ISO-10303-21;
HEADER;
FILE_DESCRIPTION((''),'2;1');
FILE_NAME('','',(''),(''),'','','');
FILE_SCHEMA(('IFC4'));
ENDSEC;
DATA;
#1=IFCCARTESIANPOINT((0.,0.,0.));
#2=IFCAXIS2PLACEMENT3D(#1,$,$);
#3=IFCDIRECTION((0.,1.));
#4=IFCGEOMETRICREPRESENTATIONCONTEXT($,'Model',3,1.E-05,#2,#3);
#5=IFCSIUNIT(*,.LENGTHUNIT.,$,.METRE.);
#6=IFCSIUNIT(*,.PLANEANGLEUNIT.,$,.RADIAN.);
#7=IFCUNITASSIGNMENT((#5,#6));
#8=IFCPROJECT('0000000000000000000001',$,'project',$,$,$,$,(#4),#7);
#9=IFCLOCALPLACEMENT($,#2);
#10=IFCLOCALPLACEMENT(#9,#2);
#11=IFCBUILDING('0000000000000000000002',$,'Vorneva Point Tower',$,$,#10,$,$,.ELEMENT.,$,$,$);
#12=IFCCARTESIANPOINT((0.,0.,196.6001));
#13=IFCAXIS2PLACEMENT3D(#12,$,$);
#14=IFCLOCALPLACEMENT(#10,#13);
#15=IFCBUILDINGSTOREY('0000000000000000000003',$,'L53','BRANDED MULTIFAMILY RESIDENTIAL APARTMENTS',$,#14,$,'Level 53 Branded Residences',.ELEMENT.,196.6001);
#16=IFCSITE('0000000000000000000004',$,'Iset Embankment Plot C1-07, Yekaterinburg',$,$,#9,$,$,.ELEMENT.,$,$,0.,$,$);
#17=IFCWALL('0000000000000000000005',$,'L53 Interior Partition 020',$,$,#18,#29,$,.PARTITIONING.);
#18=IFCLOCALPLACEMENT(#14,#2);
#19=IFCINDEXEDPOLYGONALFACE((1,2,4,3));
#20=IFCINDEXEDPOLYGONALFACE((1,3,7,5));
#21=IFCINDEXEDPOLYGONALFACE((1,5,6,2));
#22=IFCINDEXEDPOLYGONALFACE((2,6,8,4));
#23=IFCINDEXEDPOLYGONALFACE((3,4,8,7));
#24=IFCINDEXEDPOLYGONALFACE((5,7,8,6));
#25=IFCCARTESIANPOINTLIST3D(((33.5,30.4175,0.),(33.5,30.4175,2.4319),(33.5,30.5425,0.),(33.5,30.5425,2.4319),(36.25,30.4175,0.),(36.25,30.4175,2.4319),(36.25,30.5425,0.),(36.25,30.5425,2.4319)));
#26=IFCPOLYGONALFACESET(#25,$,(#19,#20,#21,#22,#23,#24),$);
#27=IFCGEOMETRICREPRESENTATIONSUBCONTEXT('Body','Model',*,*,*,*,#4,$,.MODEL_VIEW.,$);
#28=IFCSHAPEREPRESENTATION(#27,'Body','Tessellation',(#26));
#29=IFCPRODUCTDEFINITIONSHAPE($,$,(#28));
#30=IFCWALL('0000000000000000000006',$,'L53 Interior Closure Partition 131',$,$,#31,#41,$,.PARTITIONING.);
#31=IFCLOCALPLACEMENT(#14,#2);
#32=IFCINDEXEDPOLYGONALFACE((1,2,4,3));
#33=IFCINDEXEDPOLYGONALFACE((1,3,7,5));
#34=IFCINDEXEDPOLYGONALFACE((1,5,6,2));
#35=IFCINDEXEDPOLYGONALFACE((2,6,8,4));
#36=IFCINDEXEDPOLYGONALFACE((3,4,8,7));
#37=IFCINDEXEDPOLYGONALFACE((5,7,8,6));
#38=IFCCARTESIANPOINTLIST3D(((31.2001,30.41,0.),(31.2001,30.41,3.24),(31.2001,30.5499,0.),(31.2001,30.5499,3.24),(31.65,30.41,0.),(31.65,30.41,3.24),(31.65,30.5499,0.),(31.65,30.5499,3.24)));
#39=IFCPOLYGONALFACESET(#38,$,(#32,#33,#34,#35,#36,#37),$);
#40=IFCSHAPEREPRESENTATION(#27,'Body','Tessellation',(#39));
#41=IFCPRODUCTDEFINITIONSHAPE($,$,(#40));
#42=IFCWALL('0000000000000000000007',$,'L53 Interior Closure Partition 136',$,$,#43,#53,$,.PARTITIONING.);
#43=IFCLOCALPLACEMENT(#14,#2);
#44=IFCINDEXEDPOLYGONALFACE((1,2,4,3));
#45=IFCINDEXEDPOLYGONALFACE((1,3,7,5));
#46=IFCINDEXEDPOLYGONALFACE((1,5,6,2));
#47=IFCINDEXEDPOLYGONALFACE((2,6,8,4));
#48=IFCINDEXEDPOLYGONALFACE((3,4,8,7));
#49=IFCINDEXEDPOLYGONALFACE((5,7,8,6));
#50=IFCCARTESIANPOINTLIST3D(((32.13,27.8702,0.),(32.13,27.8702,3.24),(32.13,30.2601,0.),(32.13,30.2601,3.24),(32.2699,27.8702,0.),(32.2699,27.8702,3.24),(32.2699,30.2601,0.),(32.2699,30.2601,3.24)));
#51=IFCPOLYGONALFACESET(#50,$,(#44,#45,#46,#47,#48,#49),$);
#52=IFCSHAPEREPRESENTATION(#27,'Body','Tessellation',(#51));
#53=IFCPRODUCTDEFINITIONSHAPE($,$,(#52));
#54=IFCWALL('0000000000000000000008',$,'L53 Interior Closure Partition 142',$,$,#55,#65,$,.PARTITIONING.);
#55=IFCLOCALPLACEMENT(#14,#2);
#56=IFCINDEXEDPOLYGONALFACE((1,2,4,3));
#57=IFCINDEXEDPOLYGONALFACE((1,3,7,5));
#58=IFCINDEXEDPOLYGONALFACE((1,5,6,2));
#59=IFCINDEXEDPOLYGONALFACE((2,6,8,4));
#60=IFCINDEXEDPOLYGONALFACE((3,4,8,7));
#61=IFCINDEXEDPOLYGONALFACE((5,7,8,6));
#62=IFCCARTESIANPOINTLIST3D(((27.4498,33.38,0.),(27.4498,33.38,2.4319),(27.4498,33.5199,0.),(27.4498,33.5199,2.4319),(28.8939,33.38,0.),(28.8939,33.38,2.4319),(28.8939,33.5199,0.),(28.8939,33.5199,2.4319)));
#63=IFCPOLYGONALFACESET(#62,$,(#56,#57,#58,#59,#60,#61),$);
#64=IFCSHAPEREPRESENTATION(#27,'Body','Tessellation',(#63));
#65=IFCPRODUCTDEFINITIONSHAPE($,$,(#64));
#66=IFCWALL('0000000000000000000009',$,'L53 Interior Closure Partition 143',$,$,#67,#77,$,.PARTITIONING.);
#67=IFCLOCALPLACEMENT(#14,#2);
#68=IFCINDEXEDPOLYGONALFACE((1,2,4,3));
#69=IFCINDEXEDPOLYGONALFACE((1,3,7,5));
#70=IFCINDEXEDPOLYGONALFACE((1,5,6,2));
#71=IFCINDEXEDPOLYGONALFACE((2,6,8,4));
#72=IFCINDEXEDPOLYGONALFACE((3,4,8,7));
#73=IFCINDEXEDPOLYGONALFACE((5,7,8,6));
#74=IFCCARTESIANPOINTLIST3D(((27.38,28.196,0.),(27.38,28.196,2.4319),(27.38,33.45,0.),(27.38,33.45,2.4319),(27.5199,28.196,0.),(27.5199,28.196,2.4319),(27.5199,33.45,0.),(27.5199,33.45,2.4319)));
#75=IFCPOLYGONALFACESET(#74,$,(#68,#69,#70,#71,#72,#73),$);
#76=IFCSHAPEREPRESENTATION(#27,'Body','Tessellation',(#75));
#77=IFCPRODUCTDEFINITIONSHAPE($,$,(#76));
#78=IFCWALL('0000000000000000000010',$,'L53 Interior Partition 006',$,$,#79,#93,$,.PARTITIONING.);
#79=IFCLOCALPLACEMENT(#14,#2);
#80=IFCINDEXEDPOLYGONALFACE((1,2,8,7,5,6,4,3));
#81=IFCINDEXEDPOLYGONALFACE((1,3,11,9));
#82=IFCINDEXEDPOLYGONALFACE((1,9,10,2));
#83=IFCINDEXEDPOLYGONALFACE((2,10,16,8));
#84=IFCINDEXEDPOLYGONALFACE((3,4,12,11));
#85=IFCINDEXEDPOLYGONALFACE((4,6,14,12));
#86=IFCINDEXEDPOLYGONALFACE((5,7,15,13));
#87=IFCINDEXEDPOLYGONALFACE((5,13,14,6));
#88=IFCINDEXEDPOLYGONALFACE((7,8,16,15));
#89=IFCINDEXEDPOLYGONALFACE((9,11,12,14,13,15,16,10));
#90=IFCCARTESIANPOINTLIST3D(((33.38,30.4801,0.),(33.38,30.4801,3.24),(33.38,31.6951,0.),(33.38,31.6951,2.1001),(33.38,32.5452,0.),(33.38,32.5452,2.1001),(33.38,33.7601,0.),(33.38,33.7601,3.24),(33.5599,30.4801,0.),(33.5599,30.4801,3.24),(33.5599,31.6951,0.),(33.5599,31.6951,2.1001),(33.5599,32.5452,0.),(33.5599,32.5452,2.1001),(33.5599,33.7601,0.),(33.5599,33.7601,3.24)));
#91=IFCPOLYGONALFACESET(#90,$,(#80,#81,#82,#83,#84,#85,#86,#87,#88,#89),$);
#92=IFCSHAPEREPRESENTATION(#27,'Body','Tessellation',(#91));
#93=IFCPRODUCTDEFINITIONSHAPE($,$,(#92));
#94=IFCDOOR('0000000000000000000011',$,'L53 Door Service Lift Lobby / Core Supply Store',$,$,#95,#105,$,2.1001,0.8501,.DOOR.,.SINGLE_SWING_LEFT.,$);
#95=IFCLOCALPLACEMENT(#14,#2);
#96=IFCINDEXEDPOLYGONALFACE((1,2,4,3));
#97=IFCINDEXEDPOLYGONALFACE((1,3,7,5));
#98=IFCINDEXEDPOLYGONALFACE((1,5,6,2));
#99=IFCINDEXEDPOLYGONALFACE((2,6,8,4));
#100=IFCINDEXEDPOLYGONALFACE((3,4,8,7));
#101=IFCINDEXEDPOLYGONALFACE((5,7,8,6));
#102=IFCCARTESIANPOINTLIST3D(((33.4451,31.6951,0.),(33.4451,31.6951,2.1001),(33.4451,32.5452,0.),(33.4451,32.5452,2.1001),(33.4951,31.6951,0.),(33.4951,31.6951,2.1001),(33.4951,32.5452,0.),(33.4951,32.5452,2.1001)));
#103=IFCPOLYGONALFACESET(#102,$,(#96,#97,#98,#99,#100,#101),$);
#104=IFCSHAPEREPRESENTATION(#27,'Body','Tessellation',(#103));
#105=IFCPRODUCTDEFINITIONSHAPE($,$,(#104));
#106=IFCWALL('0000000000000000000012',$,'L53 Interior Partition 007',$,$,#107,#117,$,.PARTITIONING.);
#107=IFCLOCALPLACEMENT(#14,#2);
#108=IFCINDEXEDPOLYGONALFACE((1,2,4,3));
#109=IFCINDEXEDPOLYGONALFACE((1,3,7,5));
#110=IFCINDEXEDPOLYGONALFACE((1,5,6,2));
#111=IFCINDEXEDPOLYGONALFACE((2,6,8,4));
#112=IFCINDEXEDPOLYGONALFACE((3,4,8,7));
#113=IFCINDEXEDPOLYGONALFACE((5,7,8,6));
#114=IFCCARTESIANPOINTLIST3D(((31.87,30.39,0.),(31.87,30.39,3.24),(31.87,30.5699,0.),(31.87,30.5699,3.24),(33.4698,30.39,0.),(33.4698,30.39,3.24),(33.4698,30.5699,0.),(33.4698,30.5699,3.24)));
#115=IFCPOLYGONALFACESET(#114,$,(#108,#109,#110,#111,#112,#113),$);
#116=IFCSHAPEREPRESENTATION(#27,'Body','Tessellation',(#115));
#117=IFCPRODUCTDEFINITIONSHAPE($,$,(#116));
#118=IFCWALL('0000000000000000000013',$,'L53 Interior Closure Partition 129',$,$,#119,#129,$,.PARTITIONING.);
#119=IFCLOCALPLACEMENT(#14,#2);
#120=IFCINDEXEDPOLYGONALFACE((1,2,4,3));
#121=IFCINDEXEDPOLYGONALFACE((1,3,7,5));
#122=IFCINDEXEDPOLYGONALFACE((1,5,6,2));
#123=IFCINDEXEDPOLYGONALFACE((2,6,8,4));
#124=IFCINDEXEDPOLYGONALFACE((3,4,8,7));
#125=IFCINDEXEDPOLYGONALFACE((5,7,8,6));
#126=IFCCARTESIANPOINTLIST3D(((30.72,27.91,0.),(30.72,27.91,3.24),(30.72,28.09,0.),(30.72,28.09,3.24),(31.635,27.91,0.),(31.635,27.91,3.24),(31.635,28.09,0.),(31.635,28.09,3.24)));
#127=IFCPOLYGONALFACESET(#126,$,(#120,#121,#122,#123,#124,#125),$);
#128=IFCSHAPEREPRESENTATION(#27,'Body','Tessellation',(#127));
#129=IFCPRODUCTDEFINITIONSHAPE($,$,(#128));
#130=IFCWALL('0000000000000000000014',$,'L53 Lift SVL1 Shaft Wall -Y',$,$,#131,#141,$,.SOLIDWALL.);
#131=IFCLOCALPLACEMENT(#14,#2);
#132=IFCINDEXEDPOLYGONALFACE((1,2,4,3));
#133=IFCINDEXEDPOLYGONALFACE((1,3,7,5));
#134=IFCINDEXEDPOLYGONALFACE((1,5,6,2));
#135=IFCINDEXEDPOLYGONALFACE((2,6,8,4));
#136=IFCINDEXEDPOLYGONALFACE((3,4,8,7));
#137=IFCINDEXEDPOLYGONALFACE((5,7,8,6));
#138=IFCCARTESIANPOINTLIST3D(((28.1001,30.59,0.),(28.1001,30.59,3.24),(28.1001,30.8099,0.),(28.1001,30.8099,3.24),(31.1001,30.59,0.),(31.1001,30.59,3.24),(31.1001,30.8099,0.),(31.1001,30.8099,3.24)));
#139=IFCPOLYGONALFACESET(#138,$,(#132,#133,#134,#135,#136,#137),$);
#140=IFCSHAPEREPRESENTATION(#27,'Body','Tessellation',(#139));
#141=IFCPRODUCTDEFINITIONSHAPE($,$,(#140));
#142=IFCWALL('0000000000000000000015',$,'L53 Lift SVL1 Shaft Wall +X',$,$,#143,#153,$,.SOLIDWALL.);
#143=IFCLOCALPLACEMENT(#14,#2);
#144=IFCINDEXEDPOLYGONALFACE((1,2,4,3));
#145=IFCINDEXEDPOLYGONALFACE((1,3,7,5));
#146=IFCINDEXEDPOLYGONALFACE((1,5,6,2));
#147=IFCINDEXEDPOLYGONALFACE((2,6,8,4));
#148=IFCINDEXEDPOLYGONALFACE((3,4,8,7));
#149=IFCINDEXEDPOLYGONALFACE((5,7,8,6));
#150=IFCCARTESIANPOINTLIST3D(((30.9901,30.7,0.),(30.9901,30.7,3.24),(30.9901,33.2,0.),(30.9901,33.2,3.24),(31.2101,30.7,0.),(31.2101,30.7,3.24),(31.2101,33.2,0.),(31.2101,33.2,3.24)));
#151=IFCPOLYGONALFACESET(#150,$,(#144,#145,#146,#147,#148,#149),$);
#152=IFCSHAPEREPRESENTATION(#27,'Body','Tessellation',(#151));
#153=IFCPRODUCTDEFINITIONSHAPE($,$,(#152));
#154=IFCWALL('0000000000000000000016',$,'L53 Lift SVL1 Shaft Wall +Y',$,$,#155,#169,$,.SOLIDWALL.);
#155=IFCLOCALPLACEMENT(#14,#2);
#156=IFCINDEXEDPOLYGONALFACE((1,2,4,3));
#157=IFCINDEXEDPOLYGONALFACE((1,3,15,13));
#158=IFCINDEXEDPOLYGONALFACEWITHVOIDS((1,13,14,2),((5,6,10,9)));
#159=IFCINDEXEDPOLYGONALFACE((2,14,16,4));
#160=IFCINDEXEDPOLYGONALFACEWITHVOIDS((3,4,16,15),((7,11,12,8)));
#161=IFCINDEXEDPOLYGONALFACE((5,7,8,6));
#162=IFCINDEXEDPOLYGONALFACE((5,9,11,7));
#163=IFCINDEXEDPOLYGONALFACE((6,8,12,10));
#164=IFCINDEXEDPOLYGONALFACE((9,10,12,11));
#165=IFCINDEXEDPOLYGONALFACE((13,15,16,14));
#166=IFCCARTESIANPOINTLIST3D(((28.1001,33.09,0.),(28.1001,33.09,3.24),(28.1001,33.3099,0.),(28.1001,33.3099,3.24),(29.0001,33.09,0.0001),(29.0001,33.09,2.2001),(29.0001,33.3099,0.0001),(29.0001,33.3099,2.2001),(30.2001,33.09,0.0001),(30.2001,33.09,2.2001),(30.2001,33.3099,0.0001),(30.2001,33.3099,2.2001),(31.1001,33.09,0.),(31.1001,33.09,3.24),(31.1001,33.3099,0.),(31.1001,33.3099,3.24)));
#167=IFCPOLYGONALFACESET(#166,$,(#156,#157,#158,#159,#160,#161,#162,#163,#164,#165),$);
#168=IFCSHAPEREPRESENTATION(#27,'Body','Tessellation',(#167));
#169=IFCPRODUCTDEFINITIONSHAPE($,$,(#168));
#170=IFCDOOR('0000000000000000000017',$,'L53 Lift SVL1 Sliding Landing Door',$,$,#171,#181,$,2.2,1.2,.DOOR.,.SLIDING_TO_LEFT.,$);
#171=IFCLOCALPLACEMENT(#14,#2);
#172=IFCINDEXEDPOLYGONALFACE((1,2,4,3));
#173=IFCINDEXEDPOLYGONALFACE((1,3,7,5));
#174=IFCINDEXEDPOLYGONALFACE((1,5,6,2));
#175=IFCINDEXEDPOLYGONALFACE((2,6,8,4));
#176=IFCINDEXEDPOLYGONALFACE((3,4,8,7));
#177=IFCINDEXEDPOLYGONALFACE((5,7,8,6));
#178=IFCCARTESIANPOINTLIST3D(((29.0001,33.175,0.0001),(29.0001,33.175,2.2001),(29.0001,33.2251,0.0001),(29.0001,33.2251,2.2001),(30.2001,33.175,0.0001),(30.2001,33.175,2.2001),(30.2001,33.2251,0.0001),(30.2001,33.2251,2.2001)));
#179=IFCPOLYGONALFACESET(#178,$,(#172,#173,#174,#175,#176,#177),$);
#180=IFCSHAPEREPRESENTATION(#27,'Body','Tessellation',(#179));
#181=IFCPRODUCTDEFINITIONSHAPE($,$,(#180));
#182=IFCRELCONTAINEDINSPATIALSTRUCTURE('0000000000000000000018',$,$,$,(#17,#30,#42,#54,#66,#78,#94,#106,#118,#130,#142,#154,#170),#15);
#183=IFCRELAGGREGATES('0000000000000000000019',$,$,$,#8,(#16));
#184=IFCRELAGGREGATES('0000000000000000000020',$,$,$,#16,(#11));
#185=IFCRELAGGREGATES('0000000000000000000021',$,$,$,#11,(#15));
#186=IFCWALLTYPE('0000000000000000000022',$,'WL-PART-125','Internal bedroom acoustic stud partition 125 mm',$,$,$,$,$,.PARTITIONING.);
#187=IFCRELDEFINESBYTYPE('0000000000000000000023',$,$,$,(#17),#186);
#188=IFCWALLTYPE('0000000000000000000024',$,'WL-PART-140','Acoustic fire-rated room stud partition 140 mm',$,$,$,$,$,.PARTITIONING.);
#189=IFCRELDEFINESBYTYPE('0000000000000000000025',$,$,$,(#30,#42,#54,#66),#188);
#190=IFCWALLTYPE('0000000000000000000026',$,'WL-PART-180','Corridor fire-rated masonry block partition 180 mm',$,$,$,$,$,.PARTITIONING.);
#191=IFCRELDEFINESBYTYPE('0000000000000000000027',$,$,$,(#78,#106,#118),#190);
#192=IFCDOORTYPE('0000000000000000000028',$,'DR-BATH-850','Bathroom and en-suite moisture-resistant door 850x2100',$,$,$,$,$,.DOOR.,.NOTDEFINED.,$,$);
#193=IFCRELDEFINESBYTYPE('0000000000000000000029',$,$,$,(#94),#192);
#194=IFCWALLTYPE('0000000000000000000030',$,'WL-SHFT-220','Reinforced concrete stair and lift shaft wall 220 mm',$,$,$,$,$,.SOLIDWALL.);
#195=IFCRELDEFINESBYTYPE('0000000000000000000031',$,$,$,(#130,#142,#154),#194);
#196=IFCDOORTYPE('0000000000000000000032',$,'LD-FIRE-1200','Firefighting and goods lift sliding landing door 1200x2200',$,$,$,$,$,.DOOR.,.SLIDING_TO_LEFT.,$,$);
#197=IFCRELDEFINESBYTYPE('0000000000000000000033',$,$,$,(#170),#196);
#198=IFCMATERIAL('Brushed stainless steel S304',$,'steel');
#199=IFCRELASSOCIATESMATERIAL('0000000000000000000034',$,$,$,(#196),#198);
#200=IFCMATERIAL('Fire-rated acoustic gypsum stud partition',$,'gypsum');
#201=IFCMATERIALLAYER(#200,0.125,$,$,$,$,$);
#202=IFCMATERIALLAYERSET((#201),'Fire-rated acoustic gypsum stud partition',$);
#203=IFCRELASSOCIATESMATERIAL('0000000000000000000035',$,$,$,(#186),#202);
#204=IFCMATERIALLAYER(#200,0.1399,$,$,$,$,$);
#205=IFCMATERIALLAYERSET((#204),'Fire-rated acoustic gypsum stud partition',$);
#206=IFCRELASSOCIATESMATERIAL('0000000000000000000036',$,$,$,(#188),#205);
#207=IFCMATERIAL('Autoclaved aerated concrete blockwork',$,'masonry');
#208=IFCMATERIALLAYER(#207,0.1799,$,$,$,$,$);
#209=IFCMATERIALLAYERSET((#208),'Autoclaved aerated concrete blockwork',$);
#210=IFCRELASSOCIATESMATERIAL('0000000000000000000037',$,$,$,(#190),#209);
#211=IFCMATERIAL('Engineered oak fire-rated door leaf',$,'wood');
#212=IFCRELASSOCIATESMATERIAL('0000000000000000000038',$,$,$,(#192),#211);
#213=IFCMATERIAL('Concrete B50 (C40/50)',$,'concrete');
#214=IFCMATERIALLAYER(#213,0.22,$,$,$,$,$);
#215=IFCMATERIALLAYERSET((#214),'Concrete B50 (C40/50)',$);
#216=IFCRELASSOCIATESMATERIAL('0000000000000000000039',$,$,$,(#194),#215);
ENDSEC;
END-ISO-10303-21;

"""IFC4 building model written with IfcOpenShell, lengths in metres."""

from ifc_helpers import new_model, si_unit, direction, frame, frame_2d, origin, place, context, subcontext, project, spatial, rectangle, extrude, material, layer, layer_set, type_object, element, fill, save


model = new_model("IFC4")

# Units and contexts
model_context = context("Model", 3, precision=1e-05, world=origin(), true_north=direction((0.0, 1.0)))
body_context = subcontext(model_context, "Body", "Model", "MODEL_VIEW")
ifc_project = project(units=[si_unit("LENGTHUNIT", "METRE"), si_unit("PLANEANGLEUNIT", "RADIAN")], contexts=[model_context])

# Site, building, storey
site_placement = place(None, origin())
site = spatial("IfcSite", under=ifc_project, at=site_placement, Name="Iset Embankment Plot C1-07, Yekaterinburg", CompositionType="ELEMENT", RefElevation=0.0)
building_placement = place(site_placement, origin())
building = spatial("IfcBuilding", under=site, at=building_placement, Name="Vorneva Point Tower", CompositionType="ELEMENT")
storey_placement = place(building_placement, frame((0.0, 0.0, 196.6001)))
storey = spatial("IfcBuildingStorey", under=building, at=storey_placement, Name="L53", Description="BRANDED MULTIFAMILY RESIDENTIAL APARTMENTS", LongName="Level 53 Branded Residences", CompositionType="ELEMENT", Elevation=196.6001)

# Shared definitions
ifc_material_1 = material(Name="Concrete B50 (C40/50)", Category="concrete")

# Shared definitions
ifc_material_2 = material(Name="Brushed stainless steel S304", Category="steel")
door_type_1 = type_object("IfcDoorType", Name="LD-FIRE-1200", Description="Firefighting and goods lift sliding landing door 1200x2200", OperationType="SLIDING_TO_LEFT", PredefinedType="DOOR", material=ifc_material_2)

# Walls
ifc_material_3 = material(Name="Fire-rated acoustic gypsum stud partition", Category="gypsum")
ifc_layer_1 = layer(ifc_material_3, 0.125)
ifc_layer_set_1 = layer_set([ifc_layer_1], Name="Fire-rated acoustic gypsum stud partition")
wall_type_1 = type_object("IfcWallType", Name="WL-PART-125", Description="Internal bedroom acoustic stud partition 125 mm", PredefinedType="PARTITIONING", material=ifc_layer_set_1)
wall_1_placement = place(storey_placement, frame((33.5, 30.48, 0.0), z_axis=(0.0, 0.0, 1.0), x_axis=(1.0, 0.0, 0.0)))
element("IfcWall", 1, at=wall_1_placement, inside=storey, type_object=wall_type_1, Name="L53 Interior Partition 020", PredefinedType="PARTITIONING", context=body_context, shape_type="SweptSolid", body=[
    extrude(rectangle(XDim=2.75, YDim=0.125, at=frame_2d((1.375, 0.0))), origin(), (0.0, 0.0, 1.0), 2.4319),
])
ifc_layer_2 = layer(ifc_material_3, 0.1399)
ifc_layer_set_2 = layer_set([ifc_layer_2], Name="Fire-rated acoustic gypsum stud partition")
wall_type_2 = type_object("IfcWallType", Name="WL-PART-140", Description="Acoustic fire-rated room stud partition 140 mm", PredefinedType="PARTITIONING", material=ifc_layer_set_2)
wall_2_placement = place(storey_placement, frame((31.2, 30.48, 0.0), z_axis=(0.0, 0.0, 1.0), x_axis=(1.0, 0.0, 0.0)))
element("IfcWall", 2, at=wall_2_placement, inside=storey, type_object=wall_type_2, Name="L53 Interior Closure Partition 131", PredefinedType="PARTITIONING", context=body_context, shape_type="SweptSolid", body=[
    extrude(rectangle(XDim=0.45, YDim=0.1399, at=frame_2d((0.2251, 0.0))), origin(), (0.0, 0.0, 1.0), 3.24),
])
wall_3_placement = place(storey_placement, frame((32.2, 30.26, 0.0), z_axis=(0.0, 0.0, 1.0), x_axis=(0.0, -1.0, 0.0)))
element("IfcWall", 3, at=wall_3_placement, inside=storey, type_object=wall_type_2, Name="L53 Interior Closure Partition 136", PredefinedType="PARTITIONING", context=body_context, shape_type="SweptSolid", body=[
    extrude(rectangle(XDim=2.3899, YDim=0.1399, at=frame_2d((1.1948, 0.0))), origin(), (0.0, 0.0, 1.0), 3.24),
])
wall_4_placement = place(storey_placement, frame((28.894, 33.45, 0.0), z_axis=(0.0, 0.0, 1.0), x_axis=(-1.0, 0.0, 0.0)))
element("IfcWall", 4, at=wall_4_placement, inside=storey, type_object=wall_type_2, Name="L53 Interior Closure Partition 142", PredefinedType="PARTITIONING", context=body_context, shape_type="SweptSolid", body=[
    extrude(rectangle(XDim=1.4441, YDim=0.1399, at=frame_2d((0.7222, 0.0))), origin(), (0.0, 0.0, 1.0), 2.4319),
])
wall_5_placement = place(storey_placement, frame((27.45, 33.45, 0.0), z_axis=(0.0, 0.0, 1.0), x_axis=(0.0, -1.0, 0.0)))
element("IfcWall", 5, at=wall_5_placement, inside=storey, type_object=wall_type_2, Name="L53 Interior Closure Partition 143", PredefinedType="PARTITIONING", context=body_context, shape_type="SweptSolid", body=[
    extrude(rectangle(XDim=5.2539, YDim=0.1399, at=frame_2d((2.627, 0.0))), origin(), (0.0, 0.0, 1.0), 2.4319),
])

# Wall, opening, door
ifc_material_4 = material(Name="Autoclaved aerated concrete blockwork", Category="masonry")
ifc_layer_3 = layer(ifc_material_4, 0.1799)
ifc_layer_set_3 = layer_set([ifc_layer_3], Name="Autoclaved aerated concrete blockwork")
wall_type_3 = type_object("IfcWallType", Name="WL-PART-180", Description="Corridor fire-rated masonry block partition 180 mm", PredefinedType="PARTITIONING", material=ifc_layer_set_3)
wall_6_placement = place(storey_placement, frame((33.47, 30.48, 0.0), z_axis=(0.0, 0.0, 1.0), x_axis=(0.0, 1.0, 0.0)))
wall_6 = element("IfcWall", 6, at=wall_6_placement, inside=storey, type_object=wall_type_3, Name="L53 Interior Partition 006", PredefinedType="PARTITIONING", context=body_context, shape_type="SweptSolid", body=[
    extrude(rectangle(XDim=3.28, YDim=0.1799, at=frame_2d((1.6401, 0.0))), origin(), (0.0, 0.0, 1.0), 3.24),
])
opening_1_placement = place(wall_6_placement, frame((1.2151, 0.0, 0.0)))
opening_1 = element("IfcOpeningElement", 7, at=opening_1_placement, cuts=wall_6, PredefinedType="OPENING", context=body_context, shape_type="SweptSolid", body=[
    extrude(rectangle(XDim=0.8501, YDim=2.1001, at=frame_2d((0.425, 1.05))), frame((0.0, 0.105, 0.0), z_axis=(0.0, -1.0, 0.0), x_axis=(1.0, 0.0, 0.0)), (0.0, 0.0, 1.0), 0.2097),
])
ifc_material_5 = material(Name="Engineered oak fire-rated door leaf", Category="wood")
door_type_2 = type_object("IfcDoorType", Name="DR-BATH-850", Description="Bathroom and en-suite moisture-resistant door 850x2100", OperationType="NOTDEFINED", PredefinedType="DOOR", material=ifc_material_5)
door_1_placement = place(opening_1_placement, origin())
door_1 = element("IfcDoor", 8, at=door_1_placement, inside=storey, type_object=door_type_2, Name="L53 Door Service Lift Lobby / Core Supply Store", OperationType="SINGLE_SWING_LEFT", OverallHeight=2.1001, OverallWidth=0.8501, PredefinedType="DOOR", context=body_context, shape_type="SweptSolid", body=[
    extrude(rectangle(XDim=0.8501, YDim=2.1001, at=frame_2d((0.425, 1.05))), frame((0.0, 0.0249, 0.0), z_axis=(0.0, -1.0, 0.0), x_axis=(1.0, 0.0, 0.0)), (0.0, 0.0, 1.0), 0.05),
])
fill(opening_1, door_1)

# Walls
wall_7_placement = place(storey_placement, frame((31.8701, 30.48, 0.0), z_axis=(0.0, 0.0, 1.0), x_axis=(1.0, 0.0, 0.0)))
element("IfcWall", 9, at=wall_7_placement, inside=storey, type_object=wall_type_3, Name="L53 Interior Partition 007", PredefinedType="PARTITIONING", context=body_context, shape_type="SweptSolid", body=[
    extrude(rectangle(XDim=1.5999, YDim=0.1799, at=frame_2d((0.7998, 0.0))), origin(), (0.0, 0.0, 1.0), 3.24),
])
wall_8_placement = place(storey_placement, frame((31.635, 28.0, 0.0), z_axis=(0.0, 0.0, 1.0), x_axis=(-1.0, 0.0, 0.0)))
element("IfcWall", 10, at=wall_8_placement, inside=storey, type_object=wall_type_3, Name="L53 Interior Closure Partition 129", PredefinedType="PARTITIONING", context=body_context, shape_type="SweptSolid", body=[
    extrude(rectangle(XDim=0.915, YDim=0.1799, at=frame_2d((0.4575, 0.0))), origin(), (0.0, 0.0, 1.0), 3.24),
])
ifc_layer_4 = layer(ifc_material_1, 0.22)
ifc_layer_set_4 = layer_set([ifc_layer_4], Name="Concrete B50 (C40/50)")
wall_type_4 = type_object("IfcWallType", Name="WL-SHFT-220", Description="Reinforced concrete stair and lift shaft wall 220 mm", PredefinedType="SOLIDWALL", material=ifc_layer_set_4)
wall_9_placement = place(storey_placement, frame((28.1001, 30.7, 0.0), z_axis=(0.0, 0.0, 1.0), x_axis=(1.0, 0.0, 0.0)))
element("IfcWall", 11, at=wall_9_placement, inside=storey, type_object=wall_type_4, Name="L53 Lift SVL1 Shaft Wall -Y", PredefinedType="SOLIDWALL", context=body_context, shape_type="SweptSolid", body=[
    extrude(rectangle(XDim=3.0, YDim=0.22, at=frame_2d((1.5, 0.0))), origin(), (0.0, 0.0, 1.0), 3.24),
])
wall_10_placement = place(storey_placement, frame((31.1001, 30.7, 0.0), z_axis=(0.0, 0.0, 1.0), x_axis=(0.0, 1.0, 0.0)))
element("IfcWall", 12, at=wall_10_placement, inside=storey, type_object=wall_type_4, Name="L53 Lift SVL1 Shaft Wall +X", PredefinedType="SOLIDWALL", context=body_context, shape_type="SweptSolid", body=[
    extrude(rectangle(XDim=2.5, YDim=0.22, at=frame_2d((1.25, 0.0))), origin(), (0.0, 0.0, 1.0), 3.24),
])

# Wall, opening, door
wall_11_placement = place(storey_placement, frame((31.1001, 33.2, 0.0), z_axis=(0.0, 0.0, 1.0), x_axis=(-1.0, 0.0, 0.0)))
wall_11 = element("IfcWall", 13, at=wall_11_placement, inside=storey, type_object=wall_type_4, Name="L53 Lift SVL1 Shaft Wall +Y", PredefinedType="SOLIDWALL", context=body_context, shape_type="SweptSolid", body=[
    extrude(rectangle(XDim=3.0, YDim=0.22, at=frame_2d((1.5, 0.0))), origin(), (0.0, 0.0, 1.0), 3.24),
])
opening_2_placement = place(wall_11_placement, frame((0.8999, 0.0, 0.0)))
opening_2 = element("IfcOpeningElement", 14, at=opening_2_placement, cuts=wall_11, PredefinedType="OPENING", context=body_context, shape_type="SweptSolid", body=[
    extrude(rectangle(XDim=1.2, YDim=2.2, at=frame_2d((0.6001, 1.1001))), frame((0.0, 0.125, 0.0), z_axis=(0.0, -1.0, 0.0), x_axis=(1.0, 0.0, 0.0)), (0.0, 0.0, 1.0), 0.2498),
])
door_2_placement = place(opening_2_placement, origin())
door_2 = element("IfcDoor", 15, at=door_2_placement, inside=storey, type_object=door_type_1, Name="L53 Lift SVL1 Sliding Landing Door", OperationType="SLIDING_TO_LEFT", OverallHeight=2.2, OverallWidth=1.2, PredefinedType="DOOR", context=body_context, shape_type="SweptSolid", body=[
    extrude(rectangle(XDim=1.2, YDim=2.2, at=frame_2d((0.6001, 1.1001))), frame((0.0, 0.0249, 0.0), z_axis=(0.0, -1.0, 0.0), x_axis=(1.0, 0.0, 0.0)), (0.0, 0.0, 1.0), 0.05),
])
fill(opening_2, door_2)

save(model, "model.ifc")
